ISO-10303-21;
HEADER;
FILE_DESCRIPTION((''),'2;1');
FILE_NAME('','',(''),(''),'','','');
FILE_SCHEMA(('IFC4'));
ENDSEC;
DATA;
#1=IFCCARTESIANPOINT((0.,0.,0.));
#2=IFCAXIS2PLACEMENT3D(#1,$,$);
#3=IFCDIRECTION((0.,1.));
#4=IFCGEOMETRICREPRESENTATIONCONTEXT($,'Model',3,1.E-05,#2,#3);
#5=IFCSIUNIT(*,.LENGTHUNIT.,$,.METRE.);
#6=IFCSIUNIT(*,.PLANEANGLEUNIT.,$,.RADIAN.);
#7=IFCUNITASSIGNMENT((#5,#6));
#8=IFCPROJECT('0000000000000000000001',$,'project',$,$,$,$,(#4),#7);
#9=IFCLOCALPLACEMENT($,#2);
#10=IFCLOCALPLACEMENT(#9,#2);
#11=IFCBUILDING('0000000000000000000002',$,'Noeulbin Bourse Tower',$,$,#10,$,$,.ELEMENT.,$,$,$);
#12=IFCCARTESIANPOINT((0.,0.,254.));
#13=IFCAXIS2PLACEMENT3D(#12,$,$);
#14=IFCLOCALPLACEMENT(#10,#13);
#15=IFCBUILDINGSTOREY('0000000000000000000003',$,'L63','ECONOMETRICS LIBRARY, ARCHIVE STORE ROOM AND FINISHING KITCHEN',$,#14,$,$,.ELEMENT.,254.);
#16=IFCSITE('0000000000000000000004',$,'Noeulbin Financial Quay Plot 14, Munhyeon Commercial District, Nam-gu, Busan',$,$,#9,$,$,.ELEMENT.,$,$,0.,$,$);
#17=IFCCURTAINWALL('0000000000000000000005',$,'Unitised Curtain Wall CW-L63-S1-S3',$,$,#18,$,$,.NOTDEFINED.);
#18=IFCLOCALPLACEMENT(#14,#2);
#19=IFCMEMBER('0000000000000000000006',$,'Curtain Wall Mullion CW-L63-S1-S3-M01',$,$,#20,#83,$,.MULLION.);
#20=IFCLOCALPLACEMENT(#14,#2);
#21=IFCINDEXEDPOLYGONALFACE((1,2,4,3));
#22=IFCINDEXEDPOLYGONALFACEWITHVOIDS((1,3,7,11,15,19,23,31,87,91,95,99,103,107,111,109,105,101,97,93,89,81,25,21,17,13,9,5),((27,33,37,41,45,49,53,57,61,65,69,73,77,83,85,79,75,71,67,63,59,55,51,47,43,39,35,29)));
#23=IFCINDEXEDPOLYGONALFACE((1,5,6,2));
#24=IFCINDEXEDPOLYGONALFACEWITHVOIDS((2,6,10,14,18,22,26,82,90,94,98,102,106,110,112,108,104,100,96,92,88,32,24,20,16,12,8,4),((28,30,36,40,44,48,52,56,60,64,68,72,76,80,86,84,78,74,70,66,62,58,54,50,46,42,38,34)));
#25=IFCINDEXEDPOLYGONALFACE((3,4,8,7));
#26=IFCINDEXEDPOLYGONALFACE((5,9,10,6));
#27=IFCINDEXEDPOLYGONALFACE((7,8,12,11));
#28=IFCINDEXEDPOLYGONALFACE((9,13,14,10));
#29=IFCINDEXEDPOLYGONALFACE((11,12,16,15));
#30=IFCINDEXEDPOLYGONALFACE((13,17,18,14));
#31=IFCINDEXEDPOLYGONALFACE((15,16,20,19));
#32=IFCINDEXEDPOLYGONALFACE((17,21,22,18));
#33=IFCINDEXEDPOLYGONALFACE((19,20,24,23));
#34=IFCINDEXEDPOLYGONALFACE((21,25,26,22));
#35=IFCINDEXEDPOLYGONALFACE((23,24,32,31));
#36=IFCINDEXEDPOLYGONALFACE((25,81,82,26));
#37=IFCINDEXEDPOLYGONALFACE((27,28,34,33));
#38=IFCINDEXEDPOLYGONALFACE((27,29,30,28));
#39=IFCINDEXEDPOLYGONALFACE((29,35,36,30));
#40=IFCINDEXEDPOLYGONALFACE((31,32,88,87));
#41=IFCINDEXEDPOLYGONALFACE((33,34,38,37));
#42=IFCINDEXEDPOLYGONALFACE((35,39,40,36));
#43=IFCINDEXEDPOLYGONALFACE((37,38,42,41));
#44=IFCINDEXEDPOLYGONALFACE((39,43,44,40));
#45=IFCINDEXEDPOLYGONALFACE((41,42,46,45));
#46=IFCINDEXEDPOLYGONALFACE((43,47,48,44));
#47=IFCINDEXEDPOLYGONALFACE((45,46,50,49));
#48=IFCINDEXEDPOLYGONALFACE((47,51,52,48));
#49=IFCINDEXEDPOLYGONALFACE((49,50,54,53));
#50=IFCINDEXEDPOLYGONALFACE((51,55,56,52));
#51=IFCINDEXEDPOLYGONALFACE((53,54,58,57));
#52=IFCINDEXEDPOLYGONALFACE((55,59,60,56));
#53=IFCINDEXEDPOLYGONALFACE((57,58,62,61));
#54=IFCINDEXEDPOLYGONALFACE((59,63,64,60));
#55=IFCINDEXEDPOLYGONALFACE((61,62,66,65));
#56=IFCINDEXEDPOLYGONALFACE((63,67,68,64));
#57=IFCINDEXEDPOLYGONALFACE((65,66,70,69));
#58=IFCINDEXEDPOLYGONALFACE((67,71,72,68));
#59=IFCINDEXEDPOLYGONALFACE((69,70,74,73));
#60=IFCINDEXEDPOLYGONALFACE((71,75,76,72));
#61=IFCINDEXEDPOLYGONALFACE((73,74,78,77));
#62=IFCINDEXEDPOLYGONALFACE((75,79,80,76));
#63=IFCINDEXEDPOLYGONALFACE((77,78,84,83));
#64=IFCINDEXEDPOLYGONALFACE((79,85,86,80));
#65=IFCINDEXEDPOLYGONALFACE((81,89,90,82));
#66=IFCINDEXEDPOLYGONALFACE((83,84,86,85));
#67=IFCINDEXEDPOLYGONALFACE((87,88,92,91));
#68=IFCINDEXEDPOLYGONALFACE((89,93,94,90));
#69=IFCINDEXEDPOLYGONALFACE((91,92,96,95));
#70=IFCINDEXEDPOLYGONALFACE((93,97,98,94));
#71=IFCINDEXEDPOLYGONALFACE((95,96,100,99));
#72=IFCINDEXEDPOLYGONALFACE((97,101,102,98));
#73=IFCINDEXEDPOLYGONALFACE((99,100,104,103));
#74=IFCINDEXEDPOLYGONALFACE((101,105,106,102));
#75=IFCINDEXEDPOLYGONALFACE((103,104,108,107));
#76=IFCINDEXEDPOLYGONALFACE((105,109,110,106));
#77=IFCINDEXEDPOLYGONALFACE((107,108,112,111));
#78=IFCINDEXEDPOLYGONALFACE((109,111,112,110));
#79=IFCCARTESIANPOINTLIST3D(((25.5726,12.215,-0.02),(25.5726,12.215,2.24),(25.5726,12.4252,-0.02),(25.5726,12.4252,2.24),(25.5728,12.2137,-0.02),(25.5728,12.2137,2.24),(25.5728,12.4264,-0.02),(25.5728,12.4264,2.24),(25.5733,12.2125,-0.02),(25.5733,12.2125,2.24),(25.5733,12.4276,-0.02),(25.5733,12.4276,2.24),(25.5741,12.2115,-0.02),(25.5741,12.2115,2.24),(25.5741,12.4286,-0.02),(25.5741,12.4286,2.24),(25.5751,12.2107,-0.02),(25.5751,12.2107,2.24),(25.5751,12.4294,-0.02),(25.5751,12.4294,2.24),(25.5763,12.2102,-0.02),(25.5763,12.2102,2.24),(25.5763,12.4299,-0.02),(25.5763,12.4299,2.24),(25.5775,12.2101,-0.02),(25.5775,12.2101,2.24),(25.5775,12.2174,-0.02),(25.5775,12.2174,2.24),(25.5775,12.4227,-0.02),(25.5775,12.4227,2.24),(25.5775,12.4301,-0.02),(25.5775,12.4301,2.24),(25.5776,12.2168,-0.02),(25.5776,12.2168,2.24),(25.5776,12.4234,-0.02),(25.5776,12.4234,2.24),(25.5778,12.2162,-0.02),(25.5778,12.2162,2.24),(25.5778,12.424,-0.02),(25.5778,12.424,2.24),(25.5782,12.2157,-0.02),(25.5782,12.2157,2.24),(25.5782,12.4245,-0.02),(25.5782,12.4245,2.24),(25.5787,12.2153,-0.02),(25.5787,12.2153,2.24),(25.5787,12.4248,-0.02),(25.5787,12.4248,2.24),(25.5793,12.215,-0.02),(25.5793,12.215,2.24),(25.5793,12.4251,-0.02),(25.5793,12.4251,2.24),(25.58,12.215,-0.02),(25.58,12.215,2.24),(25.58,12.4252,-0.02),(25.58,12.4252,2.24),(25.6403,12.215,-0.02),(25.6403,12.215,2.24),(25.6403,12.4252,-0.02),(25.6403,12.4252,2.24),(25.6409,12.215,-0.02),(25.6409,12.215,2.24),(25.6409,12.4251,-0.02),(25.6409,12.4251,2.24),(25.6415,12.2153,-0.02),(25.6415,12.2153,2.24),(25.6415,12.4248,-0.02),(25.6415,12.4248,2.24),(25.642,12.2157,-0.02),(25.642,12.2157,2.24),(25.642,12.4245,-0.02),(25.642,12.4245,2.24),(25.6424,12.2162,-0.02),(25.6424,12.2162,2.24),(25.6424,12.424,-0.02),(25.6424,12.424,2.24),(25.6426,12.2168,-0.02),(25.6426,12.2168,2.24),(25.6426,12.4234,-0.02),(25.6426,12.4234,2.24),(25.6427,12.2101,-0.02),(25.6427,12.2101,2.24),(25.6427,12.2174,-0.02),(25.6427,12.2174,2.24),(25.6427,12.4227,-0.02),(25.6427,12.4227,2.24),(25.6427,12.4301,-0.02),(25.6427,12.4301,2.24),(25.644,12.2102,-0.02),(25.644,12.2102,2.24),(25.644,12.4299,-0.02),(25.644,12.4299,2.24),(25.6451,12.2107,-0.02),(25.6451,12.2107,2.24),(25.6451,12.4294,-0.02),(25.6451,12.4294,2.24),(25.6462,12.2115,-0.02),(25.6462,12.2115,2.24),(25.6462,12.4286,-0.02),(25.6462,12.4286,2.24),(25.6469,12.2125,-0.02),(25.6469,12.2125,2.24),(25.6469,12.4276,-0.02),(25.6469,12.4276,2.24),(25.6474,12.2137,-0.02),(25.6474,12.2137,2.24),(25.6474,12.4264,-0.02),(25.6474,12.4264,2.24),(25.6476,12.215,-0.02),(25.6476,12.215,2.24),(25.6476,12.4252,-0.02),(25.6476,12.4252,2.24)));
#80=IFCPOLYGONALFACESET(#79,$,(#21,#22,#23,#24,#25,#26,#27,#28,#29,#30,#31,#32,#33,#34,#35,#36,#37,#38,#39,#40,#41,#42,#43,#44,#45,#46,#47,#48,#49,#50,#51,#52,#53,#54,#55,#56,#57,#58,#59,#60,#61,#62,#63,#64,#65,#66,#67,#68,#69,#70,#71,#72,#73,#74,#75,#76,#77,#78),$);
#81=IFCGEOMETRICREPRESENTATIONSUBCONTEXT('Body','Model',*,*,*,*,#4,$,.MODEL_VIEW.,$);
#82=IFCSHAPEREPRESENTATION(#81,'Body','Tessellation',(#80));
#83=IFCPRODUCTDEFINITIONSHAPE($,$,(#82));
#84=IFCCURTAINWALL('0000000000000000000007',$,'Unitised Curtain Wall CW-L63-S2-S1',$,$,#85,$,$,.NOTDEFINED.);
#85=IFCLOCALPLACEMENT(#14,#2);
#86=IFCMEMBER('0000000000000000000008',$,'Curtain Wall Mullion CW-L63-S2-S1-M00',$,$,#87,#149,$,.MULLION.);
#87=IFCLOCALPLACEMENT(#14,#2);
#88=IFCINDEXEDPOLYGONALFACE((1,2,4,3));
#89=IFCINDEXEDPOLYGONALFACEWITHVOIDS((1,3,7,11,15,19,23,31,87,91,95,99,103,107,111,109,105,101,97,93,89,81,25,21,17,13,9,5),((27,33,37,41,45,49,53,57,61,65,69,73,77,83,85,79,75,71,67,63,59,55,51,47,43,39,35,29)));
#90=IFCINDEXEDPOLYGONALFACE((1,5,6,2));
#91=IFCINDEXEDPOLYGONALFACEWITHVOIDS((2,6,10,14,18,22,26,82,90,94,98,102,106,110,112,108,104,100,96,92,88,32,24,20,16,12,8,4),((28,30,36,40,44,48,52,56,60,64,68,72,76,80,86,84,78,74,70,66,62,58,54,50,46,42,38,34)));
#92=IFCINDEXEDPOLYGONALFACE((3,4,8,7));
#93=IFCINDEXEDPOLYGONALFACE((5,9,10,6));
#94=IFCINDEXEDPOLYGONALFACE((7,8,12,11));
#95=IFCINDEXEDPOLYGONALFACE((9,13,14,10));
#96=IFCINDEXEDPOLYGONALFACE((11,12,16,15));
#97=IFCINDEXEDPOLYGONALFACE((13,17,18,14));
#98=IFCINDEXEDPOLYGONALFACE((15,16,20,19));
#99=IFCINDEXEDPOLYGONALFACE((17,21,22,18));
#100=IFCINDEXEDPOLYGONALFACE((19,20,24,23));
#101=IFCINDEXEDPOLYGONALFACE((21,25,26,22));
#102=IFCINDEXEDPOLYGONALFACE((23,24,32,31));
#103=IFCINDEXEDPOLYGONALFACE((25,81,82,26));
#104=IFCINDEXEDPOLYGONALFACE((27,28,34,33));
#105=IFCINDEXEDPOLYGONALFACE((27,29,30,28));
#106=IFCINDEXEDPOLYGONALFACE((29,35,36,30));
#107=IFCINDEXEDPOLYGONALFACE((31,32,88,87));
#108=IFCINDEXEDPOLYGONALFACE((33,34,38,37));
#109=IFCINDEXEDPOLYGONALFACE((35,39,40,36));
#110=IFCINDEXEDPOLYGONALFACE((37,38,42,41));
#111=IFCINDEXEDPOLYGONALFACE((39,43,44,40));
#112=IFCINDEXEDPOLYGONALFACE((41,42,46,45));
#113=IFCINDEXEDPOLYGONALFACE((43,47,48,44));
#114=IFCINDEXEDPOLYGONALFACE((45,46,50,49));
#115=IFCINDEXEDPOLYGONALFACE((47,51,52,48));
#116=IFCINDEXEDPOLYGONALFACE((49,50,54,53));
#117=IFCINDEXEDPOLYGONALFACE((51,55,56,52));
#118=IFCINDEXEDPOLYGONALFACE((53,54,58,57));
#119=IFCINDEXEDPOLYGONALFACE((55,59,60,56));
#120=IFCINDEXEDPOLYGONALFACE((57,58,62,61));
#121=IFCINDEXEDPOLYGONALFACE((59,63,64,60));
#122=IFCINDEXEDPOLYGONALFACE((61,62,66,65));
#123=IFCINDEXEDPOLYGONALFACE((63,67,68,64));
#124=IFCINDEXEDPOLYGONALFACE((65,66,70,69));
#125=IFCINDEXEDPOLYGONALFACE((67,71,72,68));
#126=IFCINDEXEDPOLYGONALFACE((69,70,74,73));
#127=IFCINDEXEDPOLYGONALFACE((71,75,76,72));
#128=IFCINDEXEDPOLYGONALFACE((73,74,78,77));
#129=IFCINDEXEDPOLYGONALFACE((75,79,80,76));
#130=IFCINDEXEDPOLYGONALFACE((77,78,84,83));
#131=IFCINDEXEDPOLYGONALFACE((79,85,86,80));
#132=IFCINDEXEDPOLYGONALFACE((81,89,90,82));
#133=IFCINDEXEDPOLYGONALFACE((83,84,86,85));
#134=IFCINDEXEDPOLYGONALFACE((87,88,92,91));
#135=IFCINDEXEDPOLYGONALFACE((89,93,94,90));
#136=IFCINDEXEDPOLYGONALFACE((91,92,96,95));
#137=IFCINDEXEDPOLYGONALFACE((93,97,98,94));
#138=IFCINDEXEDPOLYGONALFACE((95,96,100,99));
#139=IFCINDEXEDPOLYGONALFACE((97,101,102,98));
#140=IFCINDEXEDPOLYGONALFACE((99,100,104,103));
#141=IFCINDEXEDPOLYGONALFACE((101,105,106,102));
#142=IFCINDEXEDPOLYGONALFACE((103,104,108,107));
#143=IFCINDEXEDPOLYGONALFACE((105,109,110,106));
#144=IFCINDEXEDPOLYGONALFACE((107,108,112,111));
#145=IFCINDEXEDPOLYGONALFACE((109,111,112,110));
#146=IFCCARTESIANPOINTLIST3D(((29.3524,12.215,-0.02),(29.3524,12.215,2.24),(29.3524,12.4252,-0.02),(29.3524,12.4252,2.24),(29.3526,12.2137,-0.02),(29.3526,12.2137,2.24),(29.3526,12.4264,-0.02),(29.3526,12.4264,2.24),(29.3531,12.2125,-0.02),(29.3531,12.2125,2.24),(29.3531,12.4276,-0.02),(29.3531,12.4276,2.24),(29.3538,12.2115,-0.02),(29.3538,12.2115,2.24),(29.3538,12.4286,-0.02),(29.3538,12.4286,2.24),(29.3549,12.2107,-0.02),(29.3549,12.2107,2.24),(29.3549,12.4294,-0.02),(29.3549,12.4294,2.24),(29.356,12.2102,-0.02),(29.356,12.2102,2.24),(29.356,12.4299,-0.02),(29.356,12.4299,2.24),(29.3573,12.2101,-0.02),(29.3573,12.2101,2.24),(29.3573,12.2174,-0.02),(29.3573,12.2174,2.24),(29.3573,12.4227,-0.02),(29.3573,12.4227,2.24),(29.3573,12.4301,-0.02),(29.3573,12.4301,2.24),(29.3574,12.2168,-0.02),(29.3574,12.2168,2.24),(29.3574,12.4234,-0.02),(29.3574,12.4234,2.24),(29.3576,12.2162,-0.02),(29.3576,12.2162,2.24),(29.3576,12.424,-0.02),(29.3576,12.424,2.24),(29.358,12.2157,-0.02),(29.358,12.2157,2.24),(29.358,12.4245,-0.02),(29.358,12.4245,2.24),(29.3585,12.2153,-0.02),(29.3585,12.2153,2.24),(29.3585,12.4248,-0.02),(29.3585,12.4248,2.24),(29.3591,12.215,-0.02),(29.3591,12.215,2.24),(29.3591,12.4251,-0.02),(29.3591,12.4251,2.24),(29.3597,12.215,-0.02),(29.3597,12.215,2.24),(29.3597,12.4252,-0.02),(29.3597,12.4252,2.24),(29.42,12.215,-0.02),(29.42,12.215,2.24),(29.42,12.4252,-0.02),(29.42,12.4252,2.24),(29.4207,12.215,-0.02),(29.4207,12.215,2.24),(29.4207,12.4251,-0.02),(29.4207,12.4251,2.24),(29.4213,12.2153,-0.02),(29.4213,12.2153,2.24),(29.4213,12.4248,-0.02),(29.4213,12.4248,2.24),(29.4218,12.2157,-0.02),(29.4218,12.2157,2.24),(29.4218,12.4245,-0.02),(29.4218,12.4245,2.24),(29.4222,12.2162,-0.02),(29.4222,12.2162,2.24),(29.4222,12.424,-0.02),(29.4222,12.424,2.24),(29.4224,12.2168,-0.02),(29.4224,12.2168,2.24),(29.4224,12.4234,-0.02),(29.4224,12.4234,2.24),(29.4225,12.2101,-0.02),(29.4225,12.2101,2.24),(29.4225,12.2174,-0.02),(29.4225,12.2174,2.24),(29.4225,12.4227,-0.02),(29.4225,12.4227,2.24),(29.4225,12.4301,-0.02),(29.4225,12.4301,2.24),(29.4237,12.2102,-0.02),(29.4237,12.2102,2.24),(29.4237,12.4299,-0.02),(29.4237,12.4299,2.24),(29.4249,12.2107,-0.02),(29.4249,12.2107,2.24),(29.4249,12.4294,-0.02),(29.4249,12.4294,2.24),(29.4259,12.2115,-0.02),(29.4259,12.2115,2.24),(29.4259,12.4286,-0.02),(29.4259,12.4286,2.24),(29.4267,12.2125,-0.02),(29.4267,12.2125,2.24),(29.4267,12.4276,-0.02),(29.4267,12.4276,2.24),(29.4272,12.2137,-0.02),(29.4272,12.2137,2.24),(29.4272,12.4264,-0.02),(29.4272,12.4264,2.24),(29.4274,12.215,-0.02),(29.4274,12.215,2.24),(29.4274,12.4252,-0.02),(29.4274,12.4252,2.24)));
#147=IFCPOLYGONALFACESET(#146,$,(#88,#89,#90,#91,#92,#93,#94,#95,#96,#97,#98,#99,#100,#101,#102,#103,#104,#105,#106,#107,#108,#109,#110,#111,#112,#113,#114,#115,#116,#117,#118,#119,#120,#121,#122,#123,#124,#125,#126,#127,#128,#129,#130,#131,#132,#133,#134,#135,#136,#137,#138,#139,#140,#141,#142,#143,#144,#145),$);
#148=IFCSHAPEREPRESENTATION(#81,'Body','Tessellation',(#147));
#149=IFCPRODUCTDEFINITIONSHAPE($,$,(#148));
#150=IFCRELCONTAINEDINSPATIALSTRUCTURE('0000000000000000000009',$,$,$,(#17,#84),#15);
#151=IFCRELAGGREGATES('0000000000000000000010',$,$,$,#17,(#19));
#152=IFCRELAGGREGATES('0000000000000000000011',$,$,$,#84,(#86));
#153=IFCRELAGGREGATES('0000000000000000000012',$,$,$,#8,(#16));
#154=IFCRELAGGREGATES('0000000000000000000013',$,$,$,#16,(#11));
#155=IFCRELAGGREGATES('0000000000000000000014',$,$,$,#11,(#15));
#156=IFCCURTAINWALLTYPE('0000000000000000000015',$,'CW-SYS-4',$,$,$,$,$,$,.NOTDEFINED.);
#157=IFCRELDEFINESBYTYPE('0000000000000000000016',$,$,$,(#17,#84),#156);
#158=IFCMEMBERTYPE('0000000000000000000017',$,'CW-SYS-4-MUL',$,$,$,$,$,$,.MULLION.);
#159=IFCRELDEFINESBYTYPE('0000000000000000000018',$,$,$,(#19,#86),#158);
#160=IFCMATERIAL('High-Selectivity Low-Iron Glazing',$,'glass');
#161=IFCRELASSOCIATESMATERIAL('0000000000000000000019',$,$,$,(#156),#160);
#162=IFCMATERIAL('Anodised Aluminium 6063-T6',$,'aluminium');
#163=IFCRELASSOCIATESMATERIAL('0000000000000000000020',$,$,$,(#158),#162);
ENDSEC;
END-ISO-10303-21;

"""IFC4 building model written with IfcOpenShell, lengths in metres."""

from ifc_helpers import new_model, si_unit, direction, frame, origin, origin_2d, place, context, subcontext, project, spatial, hollow_rectangle, extrude, material, material_profile, profile_set, type_object, element, aggregate, save


model = new_model("IFC4")

# Units and contexts
model_context = context("Model", 3, precision=1e-05, world=origin(), true_north=direction((0.0, 1.0)))
body_context = subcontext(model_context, "Body", "Model", "MODEL_VIEW")
ifc_project = project(units=[si_unit("LENGTHUNIT", "METRE"), si_unit("PLANEANGLEUNIT", "RADIAN")], contexts=[model_context])

# Site, building, storey
site_placement = place(None, origin())
site = spatial("IfcSite", under=ifc_project, at=site_placement, Name="Noeulbin Financial Quay Plot 14, Munhyeon Commercial District, Nam-gu, Busan", CompositionType="ELEMENT", RefElevation=0.0)
building_placement = place(site_placement, origin())
building = spatial("IfcBuilding", under=site, at=building_placement, Name="Noeulbin Bourse Tower", CompositionType="ELEMENT")
storey_placement = place(building_placement, frame((0.0, 0.0, 254.0)))
storey = spatial("IfcBuildingStorey", under=building, at=storey_placement, Name="L63", Description="ECONOMETRICS LIBRARY, ARCHIVE STORE ROOM AND FINISHING KITCHEN", CompositionType="ELEMENT", Elevation=254.0)

# Curtain walls, members
ifc_material_1 = material(Name="High-Selectivity Low-Iron Glazing", Category="glass")
curtain_wall_type = type_object("IfcCurtainWallType", Name="CW-SYS-4", PredefinedType="NOTDEFINED", material=ifc_material_1)
ifc_material_2 = material(Name="Anodised Aluminium 6063-T6", Category="aluminium")
ifc_material_profile_1 = material_profile(ifc_material_2, hollow_rectangle(XDim=0.075, YDim=0.22, WallThickness=0.0049, InnerFilletRadius=0.0024, OuterFilletRadius=0.0049, at=origin_2d()), Name="ALU-MULL-75x220x5", Category="LoadBearing")
ifc_profile_set_1 = profile_set([ifc_material_profile_1], Name="Anodised Aluminium 6063-T6")
member_type_1 = type_object("IfcMemberType", Name="CW-SYS-4-MUL", PredefinedType="MULLION", material=ifc_profile_set_1)
curtain_wall_1_placement = place(storey_placement, origin())
curtain_wall_1 = element("IfcCurtainWall", 1, at=curtain_wall_1_placement, inside=storey, type_object=curtain_wall_type, Name="Unitised Curtain Wall CW-L63-S1-S3", PredefinedType="NOTDEFINED")
member_1_placement = place(storey_placement, frame((25.6101, 12.3201, -0.02), z_axis=(0.0, 0.0, 1.0), x_axis=(1.0, 0.0, 0.0)))
member_1 = element("IfcMember", 2, at=member_1_placement, type_object=member_type_1, Name="Curtain Wall Mullion CW-L63-S1-S3-M01", PredefinedType="MULLION", context=body_context, shape_type="SweptSolid", body=[
    extrude(hollow_rectangle(XDim=0.075, YDim=0.22, WallThickness=0.0049, InnerFilletRadius=0.0024, OuterFilletRadius=0.0049, at=origin_2d()), origin(), (0.0, 0.0, 1.0), 2.26),
])
curtain_wall_2_placement = place(storey_placement, origin())
curtain_wall_2 = element("IfcCurtainWall", 3, at=curtain_wall_2_placement, inside=storey, type_object=curtain_wall_type, Name="Unitised Curtain Wall CW-L63-S2-S1", PredefinedType="NOTDEFINED")
member_2_placement = place(storey_placement, frame((29.3899, 12.3201, -0.02), z_axis=(0.0, 0.0, 1.0), x_axis=(1.0, 0.0, 0.0)))
member_2 = element("IfcMember", 4, at=member_2_placement, type_object=member_type_1, Name="Curtain Wall Mullion CW-L63-S2-S1-M00", PredefinedType="MULLION", context=body_context, shape_type="SweptSolid", body=[
    extrude(hollow_rectangle(XDim=0.075, YDim=0.22, WallThickness=0.0049, InnerFilletRadius=0.0024, OuterFilletRadius=0.0049, at=origin_2d()), origin(), (0.0, 0.0, 1.0), 2.26),
])

aggregate(curtain_wall_1, [member_1])
aggregate(curtain_wall_2, [member_2])

save(model, "model.ifc")
